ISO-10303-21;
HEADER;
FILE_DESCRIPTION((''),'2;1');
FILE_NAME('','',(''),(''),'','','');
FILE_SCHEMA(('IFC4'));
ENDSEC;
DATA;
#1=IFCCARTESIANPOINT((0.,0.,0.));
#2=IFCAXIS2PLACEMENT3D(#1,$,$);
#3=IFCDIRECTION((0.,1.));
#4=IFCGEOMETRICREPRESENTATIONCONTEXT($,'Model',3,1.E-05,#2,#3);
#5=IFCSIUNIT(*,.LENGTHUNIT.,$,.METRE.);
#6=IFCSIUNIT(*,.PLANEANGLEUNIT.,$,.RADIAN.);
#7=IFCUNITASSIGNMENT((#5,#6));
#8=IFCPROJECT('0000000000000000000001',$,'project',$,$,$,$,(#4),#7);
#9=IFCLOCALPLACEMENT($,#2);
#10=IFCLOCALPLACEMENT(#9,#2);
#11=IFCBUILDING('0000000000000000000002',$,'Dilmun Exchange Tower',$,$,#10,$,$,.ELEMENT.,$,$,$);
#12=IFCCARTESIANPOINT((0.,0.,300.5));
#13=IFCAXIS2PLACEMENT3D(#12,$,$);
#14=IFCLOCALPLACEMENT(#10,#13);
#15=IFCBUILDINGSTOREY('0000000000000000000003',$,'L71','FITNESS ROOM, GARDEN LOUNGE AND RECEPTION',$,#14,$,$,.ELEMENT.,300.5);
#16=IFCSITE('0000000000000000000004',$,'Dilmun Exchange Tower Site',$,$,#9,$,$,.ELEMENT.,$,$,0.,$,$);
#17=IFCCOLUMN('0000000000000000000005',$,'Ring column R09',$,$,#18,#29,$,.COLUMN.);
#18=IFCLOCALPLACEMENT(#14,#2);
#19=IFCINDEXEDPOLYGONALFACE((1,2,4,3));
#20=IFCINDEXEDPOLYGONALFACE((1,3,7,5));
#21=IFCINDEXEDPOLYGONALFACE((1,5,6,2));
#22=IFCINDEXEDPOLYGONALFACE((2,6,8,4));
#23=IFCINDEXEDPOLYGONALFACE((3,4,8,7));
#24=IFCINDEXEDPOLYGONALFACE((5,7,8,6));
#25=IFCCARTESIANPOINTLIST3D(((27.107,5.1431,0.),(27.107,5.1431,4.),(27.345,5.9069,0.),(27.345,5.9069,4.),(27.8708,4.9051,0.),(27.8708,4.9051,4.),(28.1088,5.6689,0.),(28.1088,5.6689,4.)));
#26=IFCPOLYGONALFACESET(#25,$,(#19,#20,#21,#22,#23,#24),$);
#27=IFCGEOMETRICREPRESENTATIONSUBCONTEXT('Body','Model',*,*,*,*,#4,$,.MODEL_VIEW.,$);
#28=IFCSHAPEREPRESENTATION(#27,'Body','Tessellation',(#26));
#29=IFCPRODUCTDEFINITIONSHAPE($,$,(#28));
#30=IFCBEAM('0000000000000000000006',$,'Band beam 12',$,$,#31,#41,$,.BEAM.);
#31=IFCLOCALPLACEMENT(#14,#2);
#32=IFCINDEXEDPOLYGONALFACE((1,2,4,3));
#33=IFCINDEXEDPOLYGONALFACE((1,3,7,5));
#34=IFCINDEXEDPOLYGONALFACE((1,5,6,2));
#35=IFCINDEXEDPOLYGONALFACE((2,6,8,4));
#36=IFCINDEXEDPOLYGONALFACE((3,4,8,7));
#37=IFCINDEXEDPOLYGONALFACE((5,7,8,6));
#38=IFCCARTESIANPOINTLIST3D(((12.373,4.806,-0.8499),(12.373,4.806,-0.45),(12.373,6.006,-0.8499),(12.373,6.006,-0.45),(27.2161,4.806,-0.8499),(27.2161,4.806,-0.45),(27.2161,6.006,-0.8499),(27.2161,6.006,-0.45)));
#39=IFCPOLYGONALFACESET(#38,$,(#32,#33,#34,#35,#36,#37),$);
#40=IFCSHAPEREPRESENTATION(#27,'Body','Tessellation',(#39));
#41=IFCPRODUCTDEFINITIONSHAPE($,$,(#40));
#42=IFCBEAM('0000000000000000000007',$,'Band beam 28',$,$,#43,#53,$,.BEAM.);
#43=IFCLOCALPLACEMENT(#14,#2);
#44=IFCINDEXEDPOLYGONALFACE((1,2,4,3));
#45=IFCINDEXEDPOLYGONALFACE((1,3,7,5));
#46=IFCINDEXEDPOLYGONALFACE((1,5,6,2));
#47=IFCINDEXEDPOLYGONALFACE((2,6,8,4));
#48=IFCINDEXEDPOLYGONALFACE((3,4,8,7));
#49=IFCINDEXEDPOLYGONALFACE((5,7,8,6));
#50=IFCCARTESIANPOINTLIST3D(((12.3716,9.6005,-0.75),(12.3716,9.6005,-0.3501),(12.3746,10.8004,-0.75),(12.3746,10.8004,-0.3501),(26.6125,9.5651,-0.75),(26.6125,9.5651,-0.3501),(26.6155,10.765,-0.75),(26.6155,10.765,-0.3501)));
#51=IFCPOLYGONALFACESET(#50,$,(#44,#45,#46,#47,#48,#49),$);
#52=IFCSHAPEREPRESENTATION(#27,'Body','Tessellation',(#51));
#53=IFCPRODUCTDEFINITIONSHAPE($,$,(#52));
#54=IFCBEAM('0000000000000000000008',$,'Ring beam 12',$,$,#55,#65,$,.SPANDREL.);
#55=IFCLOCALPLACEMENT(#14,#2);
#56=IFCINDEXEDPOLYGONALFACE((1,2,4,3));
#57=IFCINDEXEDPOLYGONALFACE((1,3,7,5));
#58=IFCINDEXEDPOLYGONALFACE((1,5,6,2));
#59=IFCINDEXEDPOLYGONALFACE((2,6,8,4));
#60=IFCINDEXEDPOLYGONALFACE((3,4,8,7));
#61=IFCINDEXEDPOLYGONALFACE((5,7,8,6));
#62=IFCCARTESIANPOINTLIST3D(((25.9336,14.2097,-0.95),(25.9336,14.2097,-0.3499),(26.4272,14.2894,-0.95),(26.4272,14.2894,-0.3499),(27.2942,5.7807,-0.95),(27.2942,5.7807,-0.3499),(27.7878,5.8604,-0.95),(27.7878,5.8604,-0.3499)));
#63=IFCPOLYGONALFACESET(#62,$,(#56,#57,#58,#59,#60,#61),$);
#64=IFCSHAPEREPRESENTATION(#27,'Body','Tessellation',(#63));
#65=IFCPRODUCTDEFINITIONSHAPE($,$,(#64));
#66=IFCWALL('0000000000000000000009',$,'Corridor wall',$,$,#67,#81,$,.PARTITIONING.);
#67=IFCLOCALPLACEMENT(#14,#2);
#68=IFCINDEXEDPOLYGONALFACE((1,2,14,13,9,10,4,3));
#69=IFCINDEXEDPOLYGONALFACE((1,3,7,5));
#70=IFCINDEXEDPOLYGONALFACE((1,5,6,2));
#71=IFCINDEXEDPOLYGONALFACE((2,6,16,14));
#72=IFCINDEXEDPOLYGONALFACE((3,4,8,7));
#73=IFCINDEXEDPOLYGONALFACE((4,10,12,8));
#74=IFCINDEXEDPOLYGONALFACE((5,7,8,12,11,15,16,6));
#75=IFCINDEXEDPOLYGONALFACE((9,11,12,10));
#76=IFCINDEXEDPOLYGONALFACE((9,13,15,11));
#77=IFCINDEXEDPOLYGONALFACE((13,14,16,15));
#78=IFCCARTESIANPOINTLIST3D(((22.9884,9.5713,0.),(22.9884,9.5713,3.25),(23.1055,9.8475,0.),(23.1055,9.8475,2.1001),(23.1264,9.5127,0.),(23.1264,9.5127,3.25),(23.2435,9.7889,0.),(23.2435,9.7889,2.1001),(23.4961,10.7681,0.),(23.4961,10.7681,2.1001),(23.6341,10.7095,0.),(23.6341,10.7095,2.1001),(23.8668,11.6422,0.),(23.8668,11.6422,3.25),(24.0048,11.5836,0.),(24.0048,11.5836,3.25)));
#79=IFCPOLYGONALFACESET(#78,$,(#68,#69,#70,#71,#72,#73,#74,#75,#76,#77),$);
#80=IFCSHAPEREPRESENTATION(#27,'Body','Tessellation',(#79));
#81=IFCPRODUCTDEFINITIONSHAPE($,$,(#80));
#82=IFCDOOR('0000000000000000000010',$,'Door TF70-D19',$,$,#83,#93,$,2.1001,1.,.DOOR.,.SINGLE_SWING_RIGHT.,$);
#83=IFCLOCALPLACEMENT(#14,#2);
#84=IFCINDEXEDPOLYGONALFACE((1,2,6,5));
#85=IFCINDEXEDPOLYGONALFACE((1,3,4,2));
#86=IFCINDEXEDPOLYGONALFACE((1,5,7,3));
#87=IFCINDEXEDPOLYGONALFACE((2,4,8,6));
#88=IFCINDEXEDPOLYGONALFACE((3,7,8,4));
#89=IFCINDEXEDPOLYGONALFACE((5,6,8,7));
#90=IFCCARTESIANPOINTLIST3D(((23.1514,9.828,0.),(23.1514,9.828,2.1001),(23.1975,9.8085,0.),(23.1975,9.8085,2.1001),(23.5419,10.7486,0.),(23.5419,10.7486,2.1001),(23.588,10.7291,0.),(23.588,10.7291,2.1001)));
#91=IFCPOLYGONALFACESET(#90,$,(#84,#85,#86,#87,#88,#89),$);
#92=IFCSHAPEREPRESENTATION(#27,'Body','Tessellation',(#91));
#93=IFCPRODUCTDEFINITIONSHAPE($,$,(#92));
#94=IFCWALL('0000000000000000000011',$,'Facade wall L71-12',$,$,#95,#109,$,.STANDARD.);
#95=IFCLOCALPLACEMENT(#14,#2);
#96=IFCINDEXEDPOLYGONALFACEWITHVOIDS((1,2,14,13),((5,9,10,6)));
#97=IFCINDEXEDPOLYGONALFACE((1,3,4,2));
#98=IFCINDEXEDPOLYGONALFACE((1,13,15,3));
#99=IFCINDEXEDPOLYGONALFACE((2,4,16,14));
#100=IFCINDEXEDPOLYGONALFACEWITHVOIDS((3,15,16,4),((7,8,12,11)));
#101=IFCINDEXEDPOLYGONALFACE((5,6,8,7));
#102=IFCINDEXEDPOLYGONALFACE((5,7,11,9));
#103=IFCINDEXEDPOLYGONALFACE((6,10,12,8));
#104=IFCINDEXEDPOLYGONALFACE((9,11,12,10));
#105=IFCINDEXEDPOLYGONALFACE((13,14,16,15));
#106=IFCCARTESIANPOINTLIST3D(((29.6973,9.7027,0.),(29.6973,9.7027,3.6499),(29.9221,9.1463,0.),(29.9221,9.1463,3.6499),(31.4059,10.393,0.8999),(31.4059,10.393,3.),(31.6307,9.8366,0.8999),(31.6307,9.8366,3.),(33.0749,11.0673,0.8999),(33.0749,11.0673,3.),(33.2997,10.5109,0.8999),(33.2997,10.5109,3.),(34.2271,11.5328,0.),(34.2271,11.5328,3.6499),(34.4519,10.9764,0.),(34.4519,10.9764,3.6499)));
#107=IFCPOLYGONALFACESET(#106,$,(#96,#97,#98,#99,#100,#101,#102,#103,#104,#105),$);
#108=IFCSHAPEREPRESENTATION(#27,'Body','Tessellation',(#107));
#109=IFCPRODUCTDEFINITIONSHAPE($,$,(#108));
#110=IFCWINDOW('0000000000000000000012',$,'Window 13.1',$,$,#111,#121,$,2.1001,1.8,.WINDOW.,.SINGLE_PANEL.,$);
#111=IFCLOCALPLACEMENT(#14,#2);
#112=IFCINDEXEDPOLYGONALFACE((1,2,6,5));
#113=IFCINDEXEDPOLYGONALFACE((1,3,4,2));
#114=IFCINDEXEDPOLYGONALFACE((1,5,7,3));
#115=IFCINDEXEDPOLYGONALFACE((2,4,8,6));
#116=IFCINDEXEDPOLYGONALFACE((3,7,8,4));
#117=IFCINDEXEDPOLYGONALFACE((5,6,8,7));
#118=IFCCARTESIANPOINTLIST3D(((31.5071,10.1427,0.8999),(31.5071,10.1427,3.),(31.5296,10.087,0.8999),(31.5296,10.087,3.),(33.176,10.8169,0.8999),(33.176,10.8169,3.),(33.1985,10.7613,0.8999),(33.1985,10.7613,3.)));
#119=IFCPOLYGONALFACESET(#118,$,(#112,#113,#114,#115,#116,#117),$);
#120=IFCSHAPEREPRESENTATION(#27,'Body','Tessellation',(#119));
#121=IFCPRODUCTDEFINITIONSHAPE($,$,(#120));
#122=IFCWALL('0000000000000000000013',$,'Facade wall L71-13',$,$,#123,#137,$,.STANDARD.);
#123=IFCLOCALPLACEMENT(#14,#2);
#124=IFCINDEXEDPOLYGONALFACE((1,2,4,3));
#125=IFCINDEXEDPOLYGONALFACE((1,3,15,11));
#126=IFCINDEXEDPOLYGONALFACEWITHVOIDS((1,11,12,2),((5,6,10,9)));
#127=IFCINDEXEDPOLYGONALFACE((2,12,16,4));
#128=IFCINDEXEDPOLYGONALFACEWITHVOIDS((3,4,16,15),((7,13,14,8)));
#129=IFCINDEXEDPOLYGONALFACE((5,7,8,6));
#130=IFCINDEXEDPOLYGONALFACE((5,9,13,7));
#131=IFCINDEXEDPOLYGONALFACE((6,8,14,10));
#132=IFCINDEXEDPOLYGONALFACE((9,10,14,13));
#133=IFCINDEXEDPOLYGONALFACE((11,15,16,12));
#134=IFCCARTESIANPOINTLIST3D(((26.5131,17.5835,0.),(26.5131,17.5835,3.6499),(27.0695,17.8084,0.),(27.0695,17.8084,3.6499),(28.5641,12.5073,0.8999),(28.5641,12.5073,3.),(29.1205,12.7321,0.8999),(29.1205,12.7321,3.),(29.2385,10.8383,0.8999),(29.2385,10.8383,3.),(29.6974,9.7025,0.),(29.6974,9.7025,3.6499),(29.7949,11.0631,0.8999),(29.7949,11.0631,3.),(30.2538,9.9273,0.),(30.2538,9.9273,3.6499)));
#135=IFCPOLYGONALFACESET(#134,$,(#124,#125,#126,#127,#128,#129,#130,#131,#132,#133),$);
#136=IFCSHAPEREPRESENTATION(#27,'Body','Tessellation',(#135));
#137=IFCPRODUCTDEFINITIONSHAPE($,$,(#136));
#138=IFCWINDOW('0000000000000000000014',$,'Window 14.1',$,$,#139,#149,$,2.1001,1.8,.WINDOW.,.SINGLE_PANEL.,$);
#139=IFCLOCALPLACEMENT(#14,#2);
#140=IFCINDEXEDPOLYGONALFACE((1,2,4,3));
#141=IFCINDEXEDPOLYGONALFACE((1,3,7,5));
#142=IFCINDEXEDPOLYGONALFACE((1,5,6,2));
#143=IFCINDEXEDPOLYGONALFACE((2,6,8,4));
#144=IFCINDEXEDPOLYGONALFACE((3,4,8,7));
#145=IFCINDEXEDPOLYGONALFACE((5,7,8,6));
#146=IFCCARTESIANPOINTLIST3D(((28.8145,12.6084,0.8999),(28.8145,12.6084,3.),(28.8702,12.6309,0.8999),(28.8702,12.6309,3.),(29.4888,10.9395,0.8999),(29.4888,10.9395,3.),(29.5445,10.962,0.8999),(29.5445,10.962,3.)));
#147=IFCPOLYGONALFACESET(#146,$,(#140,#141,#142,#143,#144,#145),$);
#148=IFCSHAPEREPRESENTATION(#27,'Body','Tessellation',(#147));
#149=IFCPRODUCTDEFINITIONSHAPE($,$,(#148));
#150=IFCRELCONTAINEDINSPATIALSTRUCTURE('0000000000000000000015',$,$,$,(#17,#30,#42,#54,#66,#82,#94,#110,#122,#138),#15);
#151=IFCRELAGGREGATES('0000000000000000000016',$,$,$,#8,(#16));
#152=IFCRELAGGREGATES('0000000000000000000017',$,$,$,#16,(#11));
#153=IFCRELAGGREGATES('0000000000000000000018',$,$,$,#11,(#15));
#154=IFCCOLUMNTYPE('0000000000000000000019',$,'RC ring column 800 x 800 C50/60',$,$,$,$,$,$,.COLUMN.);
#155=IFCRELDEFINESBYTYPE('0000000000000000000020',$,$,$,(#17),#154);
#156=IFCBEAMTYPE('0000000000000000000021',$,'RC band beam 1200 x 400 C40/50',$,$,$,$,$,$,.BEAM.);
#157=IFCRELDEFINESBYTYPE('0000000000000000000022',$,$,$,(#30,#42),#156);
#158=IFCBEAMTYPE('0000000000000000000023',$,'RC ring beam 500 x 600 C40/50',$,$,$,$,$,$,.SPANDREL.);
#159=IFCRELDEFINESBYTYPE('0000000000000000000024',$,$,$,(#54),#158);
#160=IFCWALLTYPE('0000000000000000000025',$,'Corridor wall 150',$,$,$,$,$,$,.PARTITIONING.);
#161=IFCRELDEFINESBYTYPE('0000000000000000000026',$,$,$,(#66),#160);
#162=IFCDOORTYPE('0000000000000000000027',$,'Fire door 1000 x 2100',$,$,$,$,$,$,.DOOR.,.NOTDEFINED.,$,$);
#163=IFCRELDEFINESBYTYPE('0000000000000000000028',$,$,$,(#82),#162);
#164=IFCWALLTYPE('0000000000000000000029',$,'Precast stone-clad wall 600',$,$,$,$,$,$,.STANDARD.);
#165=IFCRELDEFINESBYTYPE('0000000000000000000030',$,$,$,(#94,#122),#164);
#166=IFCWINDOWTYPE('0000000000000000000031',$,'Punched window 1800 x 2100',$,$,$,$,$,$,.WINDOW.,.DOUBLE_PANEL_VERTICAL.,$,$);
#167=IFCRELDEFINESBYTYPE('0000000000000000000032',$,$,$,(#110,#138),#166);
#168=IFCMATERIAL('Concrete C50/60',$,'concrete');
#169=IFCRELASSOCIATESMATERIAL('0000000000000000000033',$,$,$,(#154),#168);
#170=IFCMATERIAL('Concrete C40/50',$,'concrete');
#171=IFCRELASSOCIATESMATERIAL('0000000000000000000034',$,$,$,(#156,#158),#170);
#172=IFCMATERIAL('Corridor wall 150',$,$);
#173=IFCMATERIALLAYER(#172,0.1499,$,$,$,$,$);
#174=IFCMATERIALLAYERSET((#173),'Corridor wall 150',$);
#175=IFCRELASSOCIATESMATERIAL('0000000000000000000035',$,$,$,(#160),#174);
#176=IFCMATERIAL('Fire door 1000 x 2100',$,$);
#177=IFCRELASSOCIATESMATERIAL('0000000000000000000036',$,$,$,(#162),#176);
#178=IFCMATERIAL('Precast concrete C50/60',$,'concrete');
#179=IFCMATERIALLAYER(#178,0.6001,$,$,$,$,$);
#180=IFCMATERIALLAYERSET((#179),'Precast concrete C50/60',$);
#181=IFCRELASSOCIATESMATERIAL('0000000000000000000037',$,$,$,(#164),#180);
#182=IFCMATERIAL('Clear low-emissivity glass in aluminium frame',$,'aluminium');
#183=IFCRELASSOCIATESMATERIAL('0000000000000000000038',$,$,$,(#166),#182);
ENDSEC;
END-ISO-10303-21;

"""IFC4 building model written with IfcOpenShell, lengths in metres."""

from ifc_helpers import new_model, si_unit, direction, frame, frame_2d, origin, origin_2d, place, context, subcontext, project, spatial, rectangle, extrude, material, layer, layer_set, material_profile, profile_set, type_object, element, fill, save


model = new_model("IFC4")

# Units and contexts
model_context = context("Model", 3, precision=1e-05, world=origin(), true_north=direction((0.0, 1.0)))
body_context = subcontext(model_context, "Body", "Model", "MODEL_VIEW")
ifc_project = project(units=[si_unit("LENGTHUNIT", "METRE"), si_unit("PLANEANGLEUNIT", "RADIAN")], contexts=[model_context])

# Site, building, storey
site_placement = place(None, origin())
site = spatial("IfcSite", under=ifc_project, at=site_placement, Name="Dilmun Exchange Tower Site", CompositionType="ELEMENT", RefElevation=0.0)
building_placement = place(site_placement, origin())
building = spatial("IfcBuilding", under=site, at=building_placement, Name="Dilmun Exchange Tower", CompositionType="ELEMENT")
storey_placement = place(building_placement, frame((0.0, 0.0, 300.5)))
storey = spatial("IfcBuildingStorey", under=building, at=storey_placement, Name="L71", Description="FITNESS ROOM, GARDEN LOUNGE AND RECEPTION", CompositionType="ELEMENT", Elevation=300.5)

# Column
ifc_material_1 = material(Name="Concrete C50/60", Category="concrete")
ifc_material_profile_1 = material_profile(ifc_material_1, rectangle(XDim=0.8, YDim=0.8, at=origin_2d()), Name="800 x 800")
ifc_profile_set_1 = profile_set([ifc_material_profile_1], Name="Concrete C50/60")
column_type = type_object("IfcColumnType", Name="RC ring column 800 x 800 C50/60", PredefinedType="COLUMN", material=ifc_profile_set_1)
column_placement = place(storey_placement, frame((27.6079, 5.406, 0.0), z_axis=(0.0, 0.0, 1.0), x_axis=(0.297503, 0.954721, 0.0)))
element("IfcColumn", 1, at=column_placement, inside=storey, type_object=column_type, Name="Ring column R09", PredefinedType="COLUMN", context=body_context, shape_type="SweptSolid", body=[
    extrude(rectangle(XDim=0.8, YDim=0.8, at=origin_2d()), origin(), (0.0, 0.0, 1.0), 4.0),
])

# Beams
ifc_material_2 = material(Name="Concrete C40/50", Category="concrete")
ifc_material_profile_2 = material_profile(ifc_material_2, rectangle(XDim=1.2, YDim=0.3999, at=origin_2d()), Name="1200 x 400")
ifc_profile_set_2 = profile_set([ifc_material_profile_2], Name="Concrete C40/50")
beam_type_1 = type_object("IfcBeamType", Name="RC band beam 1200 x 400 C40/50", PredefinedType="BEAM", material=ifc_profile_set_2)
beam_1_placement = place(storey_placement, frame((27.2161, 5.406, -0.6499), z_axis=(-1.0, 0.0, 0.0), x_axis=(0.0, -1.0, 0.0)))
element("IfcBeam", 2, at=beam_1_placement, inside=storey, type_object=beam_type_1, Name="Band beam 12", PredefinedType="BEAM", context=body_context, shape_type="SweptSolid", body=[
    extrude(rectangle(XDim=1.2, YDim=0.3999, at=origin_2d()), origin(), (0.0, 0.0, 1.0), 14.843),
])
beam_2_placement = place(storey_placement, frame((26.614, 10.165, -0.55), z_axis=(-0.999997, 0.002486, 0.0), x_axis=(-0.002486, -0.999997, 0.0)))
element("IfcBeam", 3, at=beam_2_placement, inside=storey, type_object=beam_type_1, Name="Band beam 28", PredefinedType="BEAM", context=body_context, shape_type="SweptSolid", body=[
    extrude(rectangle(XDim=1.2, YDim=0.3999, at=origin_2d()), origin(), (0.0, 0.0, 1.0), 14.241),
])
ifc_material_profile_3 = material_profile(ifc_material_2, rectangle(XDim=0.5, YDim=0.6001, at=origin_2d()), Name="500 x 600")
ifc_profile_set_3 = profile_set([ifc_material_profile_3], Name="Concrete C40/50")
beam_type_2 = type_object("IfcBeamType", Name="RC ring beam 500 x 600 C40/50", PredefinedType="SPANDREL", material=ifc_profile_set_3)
beam_3_placement = place(storey_placement, frame((27.541, 5.8206, -0.6499), z_axis=(-0.159357, 0.987221, 0.0), x_axis=(-0.987221, -0.159357, 0.0)))
element("IfcBeam", 4, at=beam_3_placement, inside=storey, type_object=beam_type_2, Name="Ring beam 12", PredefinedType="SPANDREL", context=body_context, shape_type="SweptSolid", body=[
    extrude(rectangle(XDim=0.5, YDim=0.6001, at=origin_2d()), origin(), (0.0, 0.0, 1.0), 8.5381),
])

# Wall, opening, door
ifc_material_3 = material(Name="Corridor wall 150")
ifc_layer_1 = layer(ifc_material_3, 0.1499)
ifc_layer_set_1 = layer_set([ifc_layer_1], Name="Corridor wall 150")
wall_type_1 = type_object("IfcWallType", Name="Corridor wall 150", PredefinedType="PARTITIONING", material=ifc_layer_set_1)
wall_1_placement = place(storey_placement, frame((23.0574, 9.542, 0.0), z_axis=(0.0, 0.0, 1.0), x_axis=(0.390511, 0.920598, 0.0)))
wall_1 = element("IfcWall", 5, at=wall_1_placement, inside=storey, type_object=wall_type_1, Name="Corridor wall", PredefinedType="PARTITIONING", context=body_context, shape_type="SweptSolid", body=[
    extrude(rectangle(XDim=2.2495, YDim=0.1499, at=frame_2d((1.1248, 0.0))), origin(), (0.0, 0.0, 1.0), 3.25),
])
opening_1_placement = place(wall_1_placement, frame((0.3, 0.0, 0.0)))
opening_1 = element("IfcOpeningElement", 6, at=opening_1_placement, cuts=wall_1, PredefinedType="OPENING", context=body_context, shape_type="SweptSolid", body=[
    extrude(rectangle(XDim=1.0, YDim=2.1001, at=frame_2d((0.5, 1.05))), frame((0.0, 0.085, 0.0), z_axis=(0.0, -1.0, 0.0), x_axis=(1.0, 0.0, 0.0)), (0.0, 0.0, 1.0), 0.1699),
])
ifc_material_4 = material(Name="Fire door 1000 x 2100")
door_type = type_object("IfcDoorType", Name="Fire door 1000 x 2100", OperationType="NOTDEFINED", PredefinedType="DOOR", material=ifc_material_4)
door_placement = place(opening_1_placement, frame((1.0, 0.0, 0.0), z_axis=(0.0, 0.0, 1.0), x_axis=(-1.0, 0.0, 0.0)))
door = element("IfcDoor", 7, at=door_placement, inside=storey, type_object=door_type, Name="Door TF70-D19", OperationType="SINGLE_SWING_RIGHT", OverallHeight=2.1001, OverallWidth=1.0, PredefinedType="DOOR", context=body_context, shape_type="SweptSolid", body=[
    extrude(rectangle(XDim=1.0, YDim=2.1001, at=frame_2d((0.5, 1.05))), frame((0.0, 0.0249, 0.0), z_axis=(0.0, -1.0, 0.0), x_axis=(1.0, 0.0, 0.0)), (0.0, 0.0, 1.0), 0.05),
])
fill(opening_1, door)

# Walls, openings, windows
ifc_material_5 = material(Name="Precast concrete C50/60", Category="concrete")
ifc_layer_2 = layer(ifc_material_5, 0.6001)
ifc_layer_set_2 = layer_set([ifc_layer_2], Name="Precast concrete C50/60")
wall_type_2 = type_object("IfcWallType", Name="Precast stone-clad wall 600", PredefinedType="STANDARD", material=ifc_layer_set_2)
wall_2_placement = place(storey_placement, frame((34.3396, 11.2546, 0.0), z_axis=(0.0, 0.0, 1.0), x_axis=(-0.927189, -0.374594, 0.0)))
wall_2 = element("IfcWall", 8, at=wall_2_placement, inside=storey, type_object=wall_type_2, Name="Facade wall L71-12", PredefinedType="STANDARD", context=body_context, shape_type="SweptSolid", body=[
    extrude(rectangle(XDim=4.8855, YDim=0.6001, at=frame_2d((2.4429, 0.0))), origin(), (0.0, 0.0, 1.0), 3.6499),
])
opening_2_placement = place(wall_2_placement, frame((1.2429, 0.0, 0.8999)))
opening_2 = element("IfcOpeningElement", 9, at=opening_2_placement, cuts=wall_2, PredefinedType="OPENING", context=body_context, shape_type="SweptSolid", body=[
    extrude(rectangle(XDim=1.8, YDim=2.1001, at=frame_2d((0.8999, 1.05))), frame((0.0, 0.3101, 0.0), z_axis=(0.0, -1.0, 0.0), x_axis=(1.0, 0.0, 0.0)), (0.0, 0.0, 1.0), 0.6201),
])
ifc_material_6 = material(Name="Clear low-emissivity glass in aluminium frame", Category="aluminium")
window_type = type_object("IfcWindowType", Name="Punched window 1800 x 2100", PartitioningType="DOUBLE_PANEL_VERTICAL", PredefinedType="WINDOW", material=ifc_material_6)
window_1_placement = place(opening_2_placement, origin())
window_1 = element("IfcWindow", 10, at=window_1_placement, inside=storey, type_object=window_type, Name="Window 13.1", OverallHeight=2.1001, OverallWidth=1.8, PartitioningType="SINGLE_PANEL", PredefinedType="WINDOW", context=body_context, shape_type="SweptSolid", body=[
    extrude(rectangle(XDim=1.8, YDim=2.1001, at=frame_2d((0.8999, 1.05))), frame((0.0, 0.03, 0.0), z_axis=(0.0, -1.0, 0.0), x_axis=(1.0, 0.0, 0.0)), (0.0, 0.0, 1.0), 0.0601),
])
fill(opening_2, window_1)
wall_3_placement = place(storey_placement, frame((29.9756, 9.8149, 0.0), z_axis=(0.0, 0.0, 1.0), x_axis=(-0.374622, 0.927178, 0.0)))
wall_3 = element("IfcWall", 11, at=wall_3_placement, inside=storey, type_object=wall_type_2, Name="Facade wall L71-13", PredefinedType="STANDARD", context=body_context, shape_type="SweptSolid", body=[
    extrude(rectangle(XDim=8.5, YDim=0.6001, at=frame_2d((4.25, 0.0))), origin(), (0.0, 0.0, 1.0), 3.6499),
])
opening_3_placement = place(wall_3_placement, frame((1.2251, 0.0, 0.8999)))
opening_3 = element("IfcOpeningElement", 12, at=opening_3_placement, cuts=wall_3, PredefinedType="OPENING", context=body_context, shape_type="SweptSolid", body=[
    extrude(rectangle(XDim=1.8, YDim=2.1001, at=frame_2d((0.8999, 1.05))), frame((0.0, 0.3101, 0.0), z_axis=(0.0, -1.0, 0.0), x_axis=(1.0, 0.0, 0.0)), (0.0, 0.0, 1.0), 0.6201),
])
window_2_placement = place(opening_3_placement, origin())
window_2 = element("IfcWindow", 13, at=window_2_placement, inside=storey, type_object=window_type, Name="Window 14.1", OverallHeight=2.1001, OverallWidth=1.8, PartitioningType="SINGLE_PANEL", PredefinedType="WINDOW", context=body_context, shape_type="SweptSolid", body=[
    extrude(rectangle(XDim=1.8, YDim=2.1001, at=frame_2d((0.8999, 1.05))), frame((0.0, 0.03, 0.0), z_axis=(0.0, -1.0, 0.0), x_axis=(1.0, 0.0, 0.0)), (0.0, 0.0, 1.0), 0.0601),
])
fill(opening_3, window_2)

save(model, "model.ifc")
